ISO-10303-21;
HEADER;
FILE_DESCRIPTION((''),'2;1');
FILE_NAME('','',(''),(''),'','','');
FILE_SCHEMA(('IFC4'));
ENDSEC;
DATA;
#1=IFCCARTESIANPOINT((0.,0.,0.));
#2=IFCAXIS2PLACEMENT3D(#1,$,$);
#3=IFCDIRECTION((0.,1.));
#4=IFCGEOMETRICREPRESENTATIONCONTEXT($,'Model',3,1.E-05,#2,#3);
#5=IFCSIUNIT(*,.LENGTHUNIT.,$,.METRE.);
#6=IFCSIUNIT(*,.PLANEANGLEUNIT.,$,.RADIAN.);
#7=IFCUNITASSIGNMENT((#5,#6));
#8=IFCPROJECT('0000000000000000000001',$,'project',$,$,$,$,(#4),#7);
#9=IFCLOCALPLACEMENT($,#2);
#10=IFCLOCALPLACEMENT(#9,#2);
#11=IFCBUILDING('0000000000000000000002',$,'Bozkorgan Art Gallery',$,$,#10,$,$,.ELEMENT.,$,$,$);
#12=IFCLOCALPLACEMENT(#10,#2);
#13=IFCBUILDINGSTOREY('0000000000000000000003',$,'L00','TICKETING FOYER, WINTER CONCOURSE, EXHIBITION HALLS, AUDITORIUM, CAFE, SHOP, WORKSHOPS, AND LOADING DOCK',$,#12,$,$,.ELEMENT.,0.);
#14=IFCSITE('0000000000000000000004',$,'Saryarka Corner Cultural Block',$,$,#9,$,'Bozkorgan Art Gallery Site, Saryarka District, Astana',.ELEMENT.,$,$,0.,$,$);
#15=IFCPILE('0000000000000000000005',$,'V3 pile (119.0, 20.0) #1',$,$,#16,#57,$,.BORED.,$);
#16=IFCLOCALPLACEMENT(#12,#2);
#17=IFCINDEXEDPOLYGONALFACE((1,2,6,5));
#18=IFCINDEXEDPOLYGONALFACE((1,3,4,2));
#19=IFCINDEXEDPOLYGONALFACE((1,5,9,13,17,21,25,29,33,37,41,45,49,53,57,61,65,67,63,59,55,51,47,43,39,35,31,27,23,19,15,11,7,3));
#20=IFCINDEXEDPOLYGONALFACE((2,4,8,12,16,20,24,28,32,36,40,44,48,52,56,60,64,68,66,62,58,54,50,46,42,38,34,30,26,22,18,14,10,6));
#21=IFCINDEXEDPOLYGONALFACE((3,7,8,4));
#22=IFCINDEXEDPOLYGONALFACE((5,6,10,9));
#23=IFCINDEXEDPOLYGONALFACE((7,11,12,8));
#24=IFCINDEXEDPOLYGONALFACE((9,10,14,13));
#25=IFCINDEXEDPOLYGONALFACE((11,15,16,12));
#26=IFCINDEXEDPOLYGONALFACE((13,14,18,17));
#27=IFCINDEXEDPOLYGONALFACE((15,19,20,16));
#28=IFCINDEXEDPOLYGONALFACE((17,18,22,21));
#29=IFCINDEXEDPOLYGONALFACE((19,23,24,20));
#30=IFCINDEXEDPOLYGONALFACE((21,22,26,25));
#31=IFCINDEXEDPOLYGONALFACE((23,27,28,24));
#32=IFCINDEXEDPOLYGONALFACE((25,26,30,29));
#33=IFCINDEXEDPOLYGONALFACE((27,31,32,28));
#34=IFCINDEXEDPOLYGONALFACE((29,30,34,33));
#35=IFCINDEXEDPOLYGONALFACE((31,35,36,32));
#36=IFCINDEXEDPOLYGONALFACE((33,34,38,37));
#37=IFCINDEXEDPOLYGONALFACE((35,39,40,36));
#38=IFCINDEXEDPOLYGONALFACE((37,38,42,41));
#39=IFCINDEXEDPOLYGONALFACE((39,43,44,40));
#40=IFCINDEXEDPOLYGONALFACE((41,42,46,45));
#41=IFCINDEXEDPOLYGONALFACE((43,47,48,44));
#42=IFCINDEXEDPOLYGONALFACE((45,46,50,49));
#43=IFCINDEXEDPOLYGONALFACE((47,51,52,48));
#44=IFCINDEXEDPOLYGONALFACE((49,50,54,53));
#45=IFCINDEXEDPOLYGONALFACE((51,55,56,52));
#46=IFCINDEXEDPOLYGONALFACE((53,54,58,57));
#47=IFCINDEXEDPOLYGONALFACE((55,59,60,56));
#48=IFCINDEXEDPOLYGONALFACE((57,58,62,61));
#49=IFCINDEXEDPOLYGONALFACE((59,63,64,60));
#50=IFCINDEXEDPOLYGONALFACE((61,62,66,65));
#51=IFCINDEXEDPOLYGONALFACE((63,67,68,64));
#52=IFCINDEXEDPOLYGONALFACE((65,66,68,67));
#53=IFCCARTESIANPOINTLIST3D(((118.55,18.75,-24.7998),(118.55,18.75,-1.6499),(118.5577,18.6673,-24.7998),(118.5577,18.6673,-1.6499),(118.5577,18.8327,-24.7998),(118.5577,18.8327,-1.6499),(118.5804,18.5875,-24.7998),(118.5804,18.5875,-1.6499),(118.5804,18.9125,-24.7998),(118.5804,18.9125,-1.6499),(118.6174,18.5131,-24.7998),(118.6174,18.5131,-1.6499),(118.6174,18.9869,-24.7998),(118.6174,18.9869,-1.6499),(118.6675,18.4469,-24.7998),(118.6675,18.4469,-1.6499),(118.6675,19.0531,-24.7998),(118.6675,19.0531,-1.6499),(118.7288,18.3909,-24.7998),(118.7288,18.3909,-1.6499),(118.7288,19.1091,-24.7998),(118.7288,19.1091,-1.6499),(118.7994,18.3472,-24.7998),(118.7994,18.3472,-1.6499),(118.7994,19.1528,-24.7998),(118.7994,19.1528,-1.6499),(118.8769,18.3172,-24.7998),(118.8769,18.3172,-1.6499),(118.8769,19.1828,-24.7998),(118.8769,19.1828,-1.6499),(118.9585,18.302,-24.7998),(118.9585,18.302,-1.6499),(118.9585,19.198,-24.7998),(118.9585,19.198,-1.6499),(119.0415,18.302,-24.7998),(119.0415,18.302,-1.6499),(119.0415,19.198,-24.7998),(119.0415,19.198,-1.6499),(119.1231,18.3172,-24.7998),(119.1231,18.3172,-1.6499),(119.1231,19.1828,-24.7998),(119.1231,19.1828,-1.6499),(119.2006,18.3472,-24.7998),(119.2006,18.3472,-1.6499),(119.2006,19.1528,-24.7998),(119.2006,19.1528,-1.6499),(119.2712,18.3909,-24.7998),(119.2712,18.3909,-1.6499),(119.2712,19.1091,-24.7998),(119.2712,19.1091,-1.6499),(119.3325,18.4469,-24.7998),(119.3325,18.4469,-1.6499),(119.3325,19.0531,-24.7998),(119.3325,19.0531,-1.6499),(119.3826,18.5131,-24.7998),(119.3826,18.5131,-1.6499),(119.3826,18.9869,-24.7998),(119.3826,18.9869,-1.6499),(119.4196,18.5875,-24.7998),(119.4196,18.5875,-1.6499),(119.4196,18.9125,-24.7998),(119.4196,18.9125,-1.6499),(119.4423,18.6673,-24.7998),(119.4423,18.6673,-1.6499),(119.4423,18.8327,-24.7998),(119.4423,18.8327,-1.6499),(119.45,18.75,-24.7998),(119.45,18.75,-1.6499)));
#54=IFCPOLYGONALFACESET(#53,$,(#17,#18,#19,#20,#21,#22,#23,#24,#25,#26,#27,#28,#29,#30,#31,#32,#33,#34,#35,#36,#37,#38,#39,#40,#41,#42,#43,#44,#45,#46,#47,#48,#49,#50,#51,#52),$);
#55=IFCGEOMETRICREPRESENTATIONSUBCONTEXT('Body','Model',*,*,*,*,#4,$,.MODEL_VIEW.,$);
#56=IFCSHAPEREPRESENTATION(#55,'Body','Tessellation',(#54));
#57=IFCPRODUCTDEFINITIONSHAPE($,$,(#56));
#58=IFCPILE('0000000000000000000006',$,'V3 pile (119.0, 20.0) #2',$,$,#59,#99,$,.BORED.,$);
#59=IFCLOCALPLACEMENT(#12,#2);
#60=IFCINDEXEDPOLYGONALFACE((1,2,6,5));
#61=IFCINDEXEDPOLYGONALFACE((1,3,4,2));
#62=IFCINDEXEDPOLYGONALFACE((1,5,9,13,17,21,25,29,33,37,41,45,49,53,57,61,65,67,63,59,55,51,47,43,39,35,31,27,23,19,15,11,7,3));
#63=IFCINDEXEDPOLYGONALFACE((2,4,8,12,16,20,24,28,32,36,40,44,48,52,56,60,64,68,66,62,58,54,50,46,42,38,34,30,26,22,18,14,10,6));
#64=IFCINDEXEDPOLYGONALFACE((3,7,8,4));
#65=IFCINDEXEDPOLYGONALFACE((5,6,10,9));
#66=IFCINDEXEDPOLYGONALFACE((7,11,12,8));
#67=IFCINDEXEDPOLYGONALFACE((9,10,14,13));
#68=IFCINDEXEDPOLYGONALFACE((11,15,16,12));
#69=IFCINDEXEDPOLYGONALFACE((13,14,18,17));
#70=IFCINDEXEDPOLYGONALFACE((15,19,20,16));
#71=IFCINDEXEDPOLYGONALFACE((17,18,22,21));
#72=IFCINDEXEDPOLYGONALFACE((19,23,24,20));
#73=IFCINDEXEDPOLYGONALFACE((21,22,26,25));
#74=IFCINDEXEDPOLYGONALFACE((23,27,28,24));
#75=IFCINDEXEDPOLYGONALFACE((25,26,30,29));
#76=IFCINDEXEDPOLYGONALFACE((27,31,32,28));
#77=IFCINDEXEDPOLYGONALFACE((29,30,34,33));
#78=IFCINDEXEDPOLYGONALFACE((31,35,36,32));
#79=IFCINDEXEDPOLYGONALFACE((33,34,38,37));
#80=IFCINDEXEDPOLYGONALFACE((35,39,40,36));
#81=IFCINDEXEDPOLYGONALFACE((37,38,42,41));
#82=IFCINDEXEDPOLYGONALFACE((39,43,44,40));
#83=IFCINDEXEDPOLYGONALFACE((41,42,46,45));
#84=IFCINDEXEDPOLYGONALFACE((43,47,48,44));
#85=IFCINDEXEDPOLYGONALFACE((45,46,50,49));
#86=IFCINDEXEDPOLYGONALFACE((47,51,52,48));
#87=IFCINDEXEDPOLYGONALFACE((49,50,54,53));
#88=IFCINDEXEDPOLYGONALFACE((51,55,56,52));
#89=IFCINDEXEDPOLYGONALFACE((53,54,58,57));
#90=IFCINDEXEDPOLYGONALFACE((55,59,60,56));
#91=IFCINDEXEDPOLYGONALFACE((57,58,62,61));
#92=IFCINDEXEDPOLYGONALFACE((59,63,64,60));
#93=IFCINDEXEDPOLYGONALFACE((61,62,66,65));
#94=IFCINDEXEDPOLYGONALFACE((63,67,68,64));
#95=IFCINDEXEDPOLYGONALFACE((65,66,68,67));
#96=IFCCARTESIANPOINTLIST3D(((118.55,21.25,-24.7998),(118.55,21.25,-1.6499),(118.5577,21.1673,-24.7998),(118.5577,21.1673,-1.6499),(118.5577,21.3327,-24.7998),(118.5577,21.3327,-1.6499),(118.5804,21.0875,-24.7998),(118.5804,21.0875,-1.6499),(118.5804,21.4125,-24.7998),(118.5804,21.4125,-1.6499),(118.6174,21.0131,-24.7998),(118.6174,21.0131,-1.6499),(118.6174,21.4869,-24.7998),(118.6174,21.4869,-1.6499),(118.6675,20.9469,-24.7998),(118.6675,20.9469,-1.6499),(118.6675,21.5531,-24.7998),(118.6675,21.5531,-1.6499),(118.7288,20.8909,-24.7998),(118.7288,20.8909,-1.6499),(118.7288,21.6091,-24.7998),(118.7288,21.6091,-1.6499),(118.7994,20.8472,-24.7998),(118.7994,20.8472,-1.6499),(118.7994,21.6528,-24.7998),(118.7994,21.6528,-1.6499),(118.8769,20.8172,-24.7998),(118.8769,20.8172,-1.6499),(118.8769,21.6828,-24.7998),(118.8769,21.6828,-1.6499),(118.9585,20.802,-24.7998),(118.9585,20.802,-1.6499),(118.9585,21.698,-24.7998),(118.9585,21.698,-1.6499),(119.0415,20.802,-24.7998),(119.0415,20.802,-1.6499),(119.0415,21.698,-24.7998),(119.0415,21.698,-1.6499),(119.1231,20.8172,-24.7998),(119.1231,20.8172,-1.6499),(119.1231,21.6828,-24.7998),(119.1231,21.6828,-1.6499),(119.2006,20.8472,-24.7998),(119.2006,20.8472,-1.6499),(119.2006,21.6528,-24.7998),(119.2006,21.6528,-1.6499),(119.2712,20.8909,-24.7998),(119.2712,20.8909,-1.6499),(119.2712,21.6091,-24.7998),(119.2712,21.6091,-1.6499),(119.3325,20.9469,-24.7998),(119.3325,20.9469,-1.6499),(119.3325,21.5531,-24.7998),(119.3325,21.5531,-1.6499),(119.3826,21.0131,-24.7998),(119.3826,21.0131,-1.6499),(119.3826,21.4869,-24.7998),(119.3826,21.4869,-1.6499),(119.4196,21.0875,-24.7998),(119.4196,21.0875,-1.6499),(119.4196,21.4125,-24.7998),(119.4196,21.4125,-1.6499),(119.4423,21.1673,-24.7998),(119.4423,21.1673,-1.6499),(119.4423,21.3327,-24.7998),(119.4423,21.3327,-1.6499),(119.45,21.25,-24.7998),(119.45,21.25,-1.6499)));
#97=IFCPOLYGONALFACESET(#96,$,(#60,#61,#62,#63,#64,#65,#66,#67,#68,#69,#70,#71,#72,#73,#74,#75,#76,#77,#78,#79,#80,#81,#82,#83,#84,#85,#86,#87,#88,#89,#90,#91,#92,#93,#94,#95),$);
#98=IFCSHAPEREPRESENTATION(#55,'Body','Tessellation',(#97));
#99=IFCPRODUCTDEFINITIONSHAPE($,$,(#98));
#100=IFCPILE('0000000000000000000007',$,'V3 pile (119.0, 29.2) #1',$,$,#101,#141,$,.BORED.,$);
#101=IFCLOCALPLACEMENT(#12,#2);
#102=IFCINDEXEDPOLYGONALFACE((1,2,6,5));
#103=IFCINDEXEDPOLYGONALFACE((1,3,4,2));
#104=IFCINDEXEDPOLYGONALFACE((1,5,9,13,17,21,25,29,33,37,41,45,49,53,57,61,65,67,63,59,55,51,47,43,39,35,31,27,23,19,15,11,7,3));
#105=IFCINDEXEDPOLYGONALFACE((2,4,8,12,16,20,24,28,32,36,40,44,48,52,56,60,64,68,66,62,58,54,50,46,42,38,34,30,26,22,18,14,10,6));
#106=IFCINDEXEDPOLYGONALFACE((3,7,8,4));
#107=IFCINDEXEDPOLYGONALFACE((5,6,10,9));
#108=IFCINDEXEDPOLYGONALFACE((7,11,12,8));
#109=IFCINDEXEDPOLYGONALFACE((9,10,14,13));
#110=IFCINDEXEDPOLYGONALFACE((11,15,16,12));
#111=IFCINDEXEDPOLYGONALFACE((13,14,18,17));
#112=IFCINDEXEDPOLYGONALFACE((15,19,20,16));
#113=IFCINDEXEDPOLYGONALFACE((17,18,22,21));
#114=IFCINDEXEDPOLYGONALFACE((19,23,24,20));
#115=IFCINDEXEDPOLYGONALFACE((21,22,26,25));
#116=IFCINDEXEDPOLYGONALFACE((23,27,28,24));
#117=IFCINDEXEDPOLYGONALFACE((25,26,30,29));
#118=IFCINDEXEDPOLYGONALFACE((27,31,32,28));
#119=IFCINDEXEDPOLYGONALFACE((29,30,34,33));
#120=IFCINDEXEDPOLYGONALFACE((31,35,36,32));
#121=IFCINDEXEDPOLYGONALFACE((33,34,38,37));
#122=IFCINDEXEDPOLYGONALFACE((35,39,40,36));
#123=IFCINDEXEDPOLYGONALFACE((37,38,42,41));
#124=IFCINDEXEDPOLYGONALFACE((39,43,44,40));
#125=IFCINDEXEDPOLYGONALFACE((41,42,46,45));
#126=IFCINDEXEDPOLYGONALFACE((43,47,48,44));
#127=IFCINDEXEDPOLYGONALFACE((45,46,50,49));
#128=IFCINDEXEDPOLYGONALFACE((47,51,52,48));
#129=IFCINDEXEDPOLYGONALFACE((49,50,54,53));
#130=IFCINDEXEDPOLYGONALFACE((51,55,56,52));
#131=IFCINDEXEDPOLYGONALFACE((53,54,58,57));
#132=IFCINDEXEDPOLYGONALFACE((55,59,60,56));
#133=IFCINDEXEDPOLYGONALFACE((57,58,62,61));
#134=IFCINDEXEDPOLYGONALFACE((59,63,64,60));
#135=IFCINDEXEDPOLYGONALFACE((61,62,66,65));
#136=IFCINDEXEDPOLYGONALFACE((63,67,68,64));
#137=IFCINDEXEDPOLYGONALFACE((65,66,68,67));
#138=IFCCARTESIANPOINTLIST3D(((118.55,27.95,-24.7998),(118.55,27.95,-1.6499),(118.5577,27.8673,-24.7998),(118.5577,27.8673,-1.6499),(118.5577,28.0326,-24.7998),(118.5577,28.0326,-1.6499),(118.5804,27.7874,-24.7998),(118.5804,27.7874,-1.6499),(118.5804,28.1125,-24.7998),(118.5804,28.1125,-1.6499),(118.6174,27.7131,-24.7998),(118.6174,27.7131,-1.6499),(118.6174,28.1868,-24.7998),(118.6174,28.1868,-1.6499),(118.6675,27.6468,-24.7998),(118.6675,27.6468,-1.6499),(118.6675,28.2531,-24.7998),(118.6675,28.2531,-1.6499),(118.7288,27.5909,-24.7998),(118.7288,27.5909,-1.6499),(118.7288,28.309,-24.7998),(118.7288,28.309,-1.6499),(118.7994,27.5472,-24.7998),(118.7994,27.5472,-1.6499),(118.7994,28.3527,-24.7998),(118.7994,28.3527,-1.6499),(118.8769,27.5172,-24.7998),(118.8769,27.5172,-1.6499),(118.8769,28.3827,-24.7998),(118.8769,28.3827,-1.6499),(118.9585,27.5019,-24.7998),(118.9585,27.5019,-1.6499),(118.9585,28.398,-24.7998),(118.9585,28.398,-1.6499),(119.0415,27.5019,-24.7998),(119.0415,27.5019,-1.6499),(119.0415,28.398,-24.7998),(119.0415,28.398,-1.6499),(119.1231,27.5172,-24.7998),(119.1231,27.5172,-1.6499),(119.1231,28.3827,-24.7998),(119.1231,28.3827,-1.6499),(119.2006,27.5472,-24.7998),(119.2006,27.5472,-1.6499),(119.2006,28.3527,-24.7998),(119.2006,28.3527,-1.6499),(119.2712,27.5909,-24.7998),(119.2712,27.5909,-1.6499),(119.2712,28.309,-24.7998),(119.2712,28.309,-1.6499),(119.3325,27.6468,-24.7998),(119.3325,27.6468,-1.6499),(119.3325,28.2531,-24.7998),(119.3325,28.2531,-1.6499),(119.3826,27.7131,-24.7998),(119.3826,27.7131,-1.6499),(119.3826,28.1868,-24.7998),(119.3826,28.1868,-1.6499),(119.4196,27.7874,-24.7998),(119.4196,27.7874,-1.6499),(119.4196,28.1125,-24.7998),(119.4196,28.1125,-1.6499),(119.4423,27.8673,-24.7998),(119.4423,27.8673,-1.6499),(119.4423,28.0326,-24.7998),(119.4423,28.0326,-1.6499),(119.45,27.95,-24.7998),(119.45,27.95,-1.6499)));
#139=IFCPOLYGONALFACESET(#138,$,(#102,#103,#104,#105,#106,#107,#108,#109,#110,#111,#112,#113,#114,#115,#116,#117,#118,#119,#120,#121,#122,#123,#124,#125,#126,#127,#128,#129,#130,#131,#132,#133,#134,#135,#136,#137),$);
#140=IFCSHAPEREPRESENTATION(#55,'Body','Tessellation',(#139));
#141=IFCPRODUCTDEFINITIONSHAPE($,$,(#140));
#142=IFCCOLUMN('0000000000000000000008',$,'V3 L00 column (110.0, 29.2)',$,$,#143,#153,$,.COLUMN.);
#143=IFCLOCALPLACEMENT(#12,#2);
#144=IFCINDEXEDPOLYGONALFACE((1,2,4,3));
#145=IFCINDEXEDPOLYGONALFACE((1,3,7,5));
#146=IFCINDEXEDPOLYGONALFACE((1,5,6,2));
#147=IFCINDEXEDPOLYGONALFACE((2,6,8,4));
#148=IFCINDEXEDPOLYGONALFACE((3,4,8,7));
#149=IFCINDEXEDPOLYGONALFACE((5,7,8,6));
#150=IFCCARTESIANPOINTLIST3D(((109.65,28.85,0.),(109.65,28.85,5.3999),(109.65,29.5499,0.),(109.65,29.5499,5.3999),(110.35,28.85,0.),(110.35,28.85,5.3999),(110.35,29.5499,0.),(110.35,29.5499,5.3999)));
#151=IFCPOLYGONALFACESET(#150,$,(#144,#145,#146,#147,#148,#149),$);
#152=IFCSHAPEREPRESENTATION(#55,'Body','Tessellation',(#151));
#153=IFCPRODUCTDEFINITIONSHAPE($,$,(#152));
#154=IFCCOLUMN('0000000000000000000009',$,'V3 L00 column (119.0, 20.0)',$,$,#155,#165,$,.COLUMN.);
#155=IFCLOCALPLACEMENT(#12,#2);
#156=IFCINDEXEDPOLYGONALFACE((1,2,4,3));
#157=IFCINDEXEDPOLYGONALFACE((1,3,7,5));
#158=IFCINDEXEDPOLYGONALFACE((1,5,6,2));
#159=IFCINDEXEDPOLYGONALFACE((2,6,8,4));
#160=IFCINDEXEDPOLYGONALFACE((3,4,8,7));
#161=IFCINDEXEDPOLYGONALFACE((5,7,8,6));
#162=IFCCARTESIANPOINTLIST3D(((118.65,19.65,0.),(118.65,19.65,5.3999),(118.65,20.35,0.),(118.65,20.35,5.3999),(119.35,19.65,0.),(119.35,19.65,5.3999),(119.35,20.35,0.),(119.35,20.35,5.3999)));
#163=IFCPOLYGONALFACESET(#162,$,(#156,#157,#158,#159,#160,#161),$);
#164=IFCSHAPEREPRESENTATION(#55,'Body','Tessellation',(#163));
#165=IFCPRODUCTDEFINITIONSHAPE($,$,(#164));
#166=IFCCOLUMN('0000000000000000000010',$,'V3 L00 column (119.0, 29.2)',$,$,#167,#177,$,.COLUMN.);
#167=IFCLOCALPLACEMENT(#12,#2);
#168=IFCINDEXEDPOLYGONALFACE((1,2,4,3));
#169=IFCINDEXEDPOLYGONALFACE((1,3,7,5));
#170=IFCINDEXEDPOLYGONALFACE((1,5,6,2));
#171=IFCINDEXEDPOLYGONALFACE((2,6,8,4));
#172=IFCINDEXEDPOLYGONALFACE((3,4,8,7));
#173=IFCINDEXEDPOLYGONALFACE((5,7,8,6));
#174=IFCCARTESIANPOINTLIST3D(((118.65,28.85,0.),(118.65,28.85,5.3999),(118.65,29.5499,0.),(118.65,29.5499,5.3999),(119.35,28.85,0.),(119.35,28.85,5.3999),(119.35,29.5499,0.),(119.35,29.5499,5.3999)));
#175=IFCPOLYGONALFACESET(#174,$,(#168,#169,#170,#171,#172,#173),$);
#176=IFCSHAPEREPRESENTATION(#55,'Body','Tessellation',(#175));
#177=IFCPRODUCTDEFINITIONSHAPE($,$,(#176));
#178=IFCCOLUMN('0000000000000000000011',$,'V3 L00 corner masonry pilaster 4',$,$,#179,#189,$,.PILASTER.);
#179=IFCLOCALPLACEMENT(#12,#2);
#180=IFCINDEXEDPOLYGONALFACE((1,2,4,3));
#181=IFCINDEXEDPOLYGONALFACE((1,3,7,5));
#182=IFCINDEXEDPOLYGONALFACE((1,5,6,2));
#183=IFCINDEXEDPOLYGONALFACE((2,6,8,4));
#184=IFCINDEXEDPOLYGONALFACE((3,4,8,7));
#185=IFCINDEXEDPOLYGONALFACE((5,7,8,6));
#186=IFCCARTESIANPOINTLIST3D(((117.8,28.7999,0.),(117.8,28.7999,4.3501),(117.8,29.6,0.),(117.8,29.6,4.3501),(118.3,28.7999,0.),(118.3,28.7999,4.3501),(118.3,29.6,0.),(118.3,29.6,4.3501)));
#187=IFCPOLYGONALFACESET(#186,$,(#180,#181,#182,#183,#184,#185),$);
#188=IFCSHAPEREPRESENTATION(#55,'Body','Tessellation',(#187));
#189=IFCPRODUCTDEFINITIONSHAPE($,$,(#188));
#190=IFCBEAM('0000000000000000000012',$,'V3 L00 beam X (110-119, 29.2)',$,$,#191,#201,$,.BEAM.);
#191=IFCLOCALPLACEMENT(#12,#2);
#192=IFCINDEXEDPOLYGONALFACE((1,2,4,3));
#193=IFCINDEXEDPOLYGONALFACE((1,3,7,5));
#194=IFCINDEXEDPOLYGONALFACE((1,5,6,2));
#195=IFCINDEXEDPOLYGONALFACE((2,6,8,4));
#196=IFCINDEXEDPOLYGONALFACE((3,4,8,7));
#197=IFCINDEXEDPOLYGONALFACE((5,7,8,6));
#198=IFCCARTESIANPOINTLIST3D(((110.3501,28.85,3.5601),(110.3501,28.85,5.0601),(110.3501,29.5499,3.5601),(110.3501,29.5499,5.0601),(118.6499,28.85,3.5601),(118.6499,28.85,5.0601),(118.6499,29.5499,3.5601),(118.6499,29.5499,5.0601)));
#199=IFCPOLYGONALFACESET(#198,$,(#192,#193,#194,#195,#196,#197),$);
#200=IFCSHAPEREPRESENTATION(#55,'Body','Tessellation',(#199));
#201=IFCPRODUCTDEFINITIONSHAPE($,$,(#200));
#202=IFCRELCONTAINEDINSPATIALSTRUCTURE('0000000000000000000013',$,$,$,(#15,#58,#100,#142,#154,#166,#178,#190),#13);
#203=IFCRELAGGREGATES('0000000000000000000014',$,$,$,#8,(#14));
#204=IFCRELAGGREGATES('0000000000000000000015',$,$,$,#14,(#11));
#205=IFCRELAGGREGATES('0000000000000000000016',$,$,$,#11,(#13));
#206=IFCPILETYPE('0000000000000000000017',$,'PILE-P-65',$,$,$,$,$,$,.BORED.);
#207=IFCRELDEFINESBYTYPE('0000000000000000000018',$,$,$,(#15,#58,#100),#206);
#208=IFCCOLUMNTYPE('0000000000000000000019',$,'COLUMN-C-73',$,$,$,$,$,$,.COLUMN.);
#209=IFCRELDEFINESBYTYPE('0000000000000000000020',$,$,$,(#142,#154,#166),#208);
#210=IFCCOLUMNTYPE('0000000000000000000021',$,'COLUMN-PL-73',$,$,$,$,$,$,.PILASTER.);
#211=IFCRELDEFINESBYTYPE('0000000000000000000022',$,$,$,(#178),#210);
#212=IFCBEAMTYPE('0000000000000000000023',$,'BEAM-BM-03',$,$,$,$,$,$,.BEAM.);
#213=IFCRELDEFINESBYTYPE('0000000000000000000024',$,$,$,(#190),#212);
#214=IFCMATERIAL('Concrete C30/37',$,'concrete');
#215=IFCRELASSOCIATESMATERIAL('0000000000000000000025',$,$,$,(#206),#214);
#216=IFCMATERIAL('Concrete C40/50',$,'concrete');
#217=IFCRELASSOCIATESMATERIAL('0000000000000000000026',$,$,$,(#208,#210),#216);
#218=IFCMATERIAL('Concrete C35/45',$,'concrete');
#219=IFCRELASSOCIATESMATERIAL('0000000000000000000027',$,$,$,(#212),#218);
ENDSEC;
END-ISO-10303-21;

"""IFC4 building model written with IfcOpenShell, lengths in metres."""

from ifc_helpers import new_model, si_unit, direction, frame, origin, origin_2d, place, context, subcontext, project, spatial, rectangle, circle, extrude, material, material_profile, profile_set, type_object, element, save


model = new_model("IFC4")

# Units and contexts
model_context = context("Model", 3, precision=1e-05, world=origin(), true_north=direction((0.0, 1.0)))
body_context = subcontext(model_context, "Body", "Model", "MODEL_VIEW")
ifc_project = project(units=[si_unit("LENGTHUNIT", "METRE"), si_unit("PLANEANGLEUNIT", "RADIAN")], contexts=[model_context])

# Site, building, storey
site_placement = place(None, origin())
site = spatial("IfcSite", under=ifc_project, at=site_placement, Name="Saryarka Corner Cultural Block", LongName="Bozkorgan Art Gallery Site, Saryarka District, Astana", CompositionType="ELEMENT", RefElevation=0.0)
building_placement = place(site_placement, origin())
building = spatial("IfcBuilding", under=site, at=building_placement, Name="Bozkorgan Art Gallery", CompositionType="ELEMENT")
storey_placement = place(building_placement, origin())
storey = spatial("IfcBuildingStorey", under=building, at=storey_placement, Name="L00", Description="TICKETING FOYER, WINTER CONCOURSE, EXHIBITION HALLS, AUDITORIUM, CAFE, SHOP, WORKSHOPS, AND LOADING DOCK", CompositionType="ELEMENT", Elevation=0.0)

# Shared definitions
ifc_material_1 = material(Name="Concrete C30/37", Category="concrete")

# Piles
ifc_material_profile_1 = material_profile(ifc_material_1, circle(Radius=0.45, at=origin_2d()), Name="PILE D900")
ifc_profile_set_1 = profile_set([ifc_material_profile_1], Name="Concrete C30/37")
pile_type = type_object("IfcPileType", Name="PILE-P-65", PredefinedType="BORED", material=ifc_profile_set_1)
for number, where, z_axis, x_axis, name in (
    (1, (119.0, 18.75, -1.6499), (0.0, 0.0, -1.0), (1.0, 0.0, 0.0), "V3 pile (119.0, 20.0) #1"),
    (2, (119.0, 21.25, -1.6499), (0.0, 0.0, -1.0), (1.0, 0.0, 0.0), "V3 pile (119.0, 20.0) #2"),
    (3, (119.0, 27.95, -1.6499), (0.0, 0.0, -1.0), (1.0, 0.0, 0.0), "V3 pile (119.0, 29.2) #1"),
):
    element("IfcPile", number, at=place(storey_placement, frame(where, z_axis=z_axis, x_axis=x_axis)), inside=storey, type_object=pile_type, Name=name, PredefinedType="BORED", context=body_context, shape_type="SweptSolid", body=[
        extrude(circle(Radius=0.45, at=origin_2d()), origin(), (0.0, 0.0, 1.0), 23.1499),
    ])

# Columns
ifc_material_2 = material(Name="Concrete C40/50", Category="concrete")
ifc_material_profile_2 = material_profile(ifc_material_2, rectangle(XDim=0.7, YDim=0.7, at=origin_2d()), Name="RC 700x700")
ifc_profile_set_2 = profile_set([ifc_material_profile_2], Name="Concrete C40/50")
column_type_1 = type_object("IfcColumnType", Name="COLUMN-C-73", PredefinedType="COLUMN", material=ifc_profile_set_2)
for number, where, z_axis, x_axis, name in (
    (4, (110.0, 29.2, 0.0), (0.0, 0.0, 1.0), (1.0, 0.0, 0.0), "V3 L00 column (110.0, 29.2)"),
    (5, (119.0, 20.0, 0.0), (0.0, 0.0, 1.0), (1.0, 0.0, 0.0), "V3 L00 column (119.0, 20.0)"),
    (6, (119.0, 29.2, 0.0), (0.0, 0.0, 1.0), (1.0, 0.0, 0.0), "V3 L00 column (119.0, 29.2)"),
):
    element("IfcColumn", number, at=place(storey_placement, frame(where, z_axis=z_axis, x_axis=x_axis)), inside=storey, type_object=column_type_1, Name=name, PredefinedType="COLUMN", context=body_context, shape_type="SweptSolid", body=[
        extrude(rectangle(XDim=0.7, YDim=0.7, at=origin_2d()), origin(), (0.0, 0.0, 1.0), 5.3999),
    ])
ifc_material_profile_3 = material_profile(ifc_material_2, rectangle(XDim=0.5, YDim=0.8, at=origin_2d()), Name="RC 500x800")
ifc_profile_set_3 = profile_set([ifc_material_profile_3], Name="Concrete C40/50")
column_type_2 = type_object("IfcColumnType", Name="COLUMN-PL-73", PredefinedType="PILASTER", material=ifc_profile_set_3)
column_placement = place(storey_placement, frame((118.05, 29.2, 0.0), z_axis=(0.0, 0.0, 1.0), x_axis=(1.0, 0.0, 0.0)))
element("IfcColumn", 7, at=column_placement, inside=storey, type_object=column_type_2, Name="V3 L00 corner masonry pilaster 4", PredefinedType="PILASTER", context=body_context, shape_type="SweptSolid", body=[
    extrude(rectangle(XDim=0.5, YDim=0.8, at=origin_2d()), origin(), (0.0, 0.0, 1.0), 4.3501),
])

# Beam
ifc_material_3 = material(Name="Concrete C35/45", Category="concrete")
ifc_material_profile_4 = material_profile(ifc_material_3, rectangle(XDim=0.7, YDim=1.5, at=origin_2d()), Name="RC 700x1500")
ifc_profile_set_4 = profile_set([ifc_material_profile_4], Name="Concrete C35/45")
beam_type = type_object("IfcBeamType", Name="BEAM-BM-03", PredefinedType="BEAM", material=ifc_profile_set_4)
for number, where, z_axis, x_axis, name in (
    (8, (110.3501, 29.2, 4.3101), (1.0, 0.0, 0.0), (0.0, 1.0, 0.0), "V3 L00 beam X (110-119, 29.2)"),
):
    element("IfcBeam", number, at=place(storey_placement, frame(where, z_axis=z_axis, x_axis=x_axis)), inside=storey, type_object=beam_type, Name=name, PredefinedType="BEAM", context=body_context, shape_type="SweptSolid", body=[
        extrude(rectangle(XDim=0.7, YDim=1.5, at=origin_2d()), origin(), (0.0, 0.0, 1.0), 8.2998),
    ])

save(model, "model.ifc")
